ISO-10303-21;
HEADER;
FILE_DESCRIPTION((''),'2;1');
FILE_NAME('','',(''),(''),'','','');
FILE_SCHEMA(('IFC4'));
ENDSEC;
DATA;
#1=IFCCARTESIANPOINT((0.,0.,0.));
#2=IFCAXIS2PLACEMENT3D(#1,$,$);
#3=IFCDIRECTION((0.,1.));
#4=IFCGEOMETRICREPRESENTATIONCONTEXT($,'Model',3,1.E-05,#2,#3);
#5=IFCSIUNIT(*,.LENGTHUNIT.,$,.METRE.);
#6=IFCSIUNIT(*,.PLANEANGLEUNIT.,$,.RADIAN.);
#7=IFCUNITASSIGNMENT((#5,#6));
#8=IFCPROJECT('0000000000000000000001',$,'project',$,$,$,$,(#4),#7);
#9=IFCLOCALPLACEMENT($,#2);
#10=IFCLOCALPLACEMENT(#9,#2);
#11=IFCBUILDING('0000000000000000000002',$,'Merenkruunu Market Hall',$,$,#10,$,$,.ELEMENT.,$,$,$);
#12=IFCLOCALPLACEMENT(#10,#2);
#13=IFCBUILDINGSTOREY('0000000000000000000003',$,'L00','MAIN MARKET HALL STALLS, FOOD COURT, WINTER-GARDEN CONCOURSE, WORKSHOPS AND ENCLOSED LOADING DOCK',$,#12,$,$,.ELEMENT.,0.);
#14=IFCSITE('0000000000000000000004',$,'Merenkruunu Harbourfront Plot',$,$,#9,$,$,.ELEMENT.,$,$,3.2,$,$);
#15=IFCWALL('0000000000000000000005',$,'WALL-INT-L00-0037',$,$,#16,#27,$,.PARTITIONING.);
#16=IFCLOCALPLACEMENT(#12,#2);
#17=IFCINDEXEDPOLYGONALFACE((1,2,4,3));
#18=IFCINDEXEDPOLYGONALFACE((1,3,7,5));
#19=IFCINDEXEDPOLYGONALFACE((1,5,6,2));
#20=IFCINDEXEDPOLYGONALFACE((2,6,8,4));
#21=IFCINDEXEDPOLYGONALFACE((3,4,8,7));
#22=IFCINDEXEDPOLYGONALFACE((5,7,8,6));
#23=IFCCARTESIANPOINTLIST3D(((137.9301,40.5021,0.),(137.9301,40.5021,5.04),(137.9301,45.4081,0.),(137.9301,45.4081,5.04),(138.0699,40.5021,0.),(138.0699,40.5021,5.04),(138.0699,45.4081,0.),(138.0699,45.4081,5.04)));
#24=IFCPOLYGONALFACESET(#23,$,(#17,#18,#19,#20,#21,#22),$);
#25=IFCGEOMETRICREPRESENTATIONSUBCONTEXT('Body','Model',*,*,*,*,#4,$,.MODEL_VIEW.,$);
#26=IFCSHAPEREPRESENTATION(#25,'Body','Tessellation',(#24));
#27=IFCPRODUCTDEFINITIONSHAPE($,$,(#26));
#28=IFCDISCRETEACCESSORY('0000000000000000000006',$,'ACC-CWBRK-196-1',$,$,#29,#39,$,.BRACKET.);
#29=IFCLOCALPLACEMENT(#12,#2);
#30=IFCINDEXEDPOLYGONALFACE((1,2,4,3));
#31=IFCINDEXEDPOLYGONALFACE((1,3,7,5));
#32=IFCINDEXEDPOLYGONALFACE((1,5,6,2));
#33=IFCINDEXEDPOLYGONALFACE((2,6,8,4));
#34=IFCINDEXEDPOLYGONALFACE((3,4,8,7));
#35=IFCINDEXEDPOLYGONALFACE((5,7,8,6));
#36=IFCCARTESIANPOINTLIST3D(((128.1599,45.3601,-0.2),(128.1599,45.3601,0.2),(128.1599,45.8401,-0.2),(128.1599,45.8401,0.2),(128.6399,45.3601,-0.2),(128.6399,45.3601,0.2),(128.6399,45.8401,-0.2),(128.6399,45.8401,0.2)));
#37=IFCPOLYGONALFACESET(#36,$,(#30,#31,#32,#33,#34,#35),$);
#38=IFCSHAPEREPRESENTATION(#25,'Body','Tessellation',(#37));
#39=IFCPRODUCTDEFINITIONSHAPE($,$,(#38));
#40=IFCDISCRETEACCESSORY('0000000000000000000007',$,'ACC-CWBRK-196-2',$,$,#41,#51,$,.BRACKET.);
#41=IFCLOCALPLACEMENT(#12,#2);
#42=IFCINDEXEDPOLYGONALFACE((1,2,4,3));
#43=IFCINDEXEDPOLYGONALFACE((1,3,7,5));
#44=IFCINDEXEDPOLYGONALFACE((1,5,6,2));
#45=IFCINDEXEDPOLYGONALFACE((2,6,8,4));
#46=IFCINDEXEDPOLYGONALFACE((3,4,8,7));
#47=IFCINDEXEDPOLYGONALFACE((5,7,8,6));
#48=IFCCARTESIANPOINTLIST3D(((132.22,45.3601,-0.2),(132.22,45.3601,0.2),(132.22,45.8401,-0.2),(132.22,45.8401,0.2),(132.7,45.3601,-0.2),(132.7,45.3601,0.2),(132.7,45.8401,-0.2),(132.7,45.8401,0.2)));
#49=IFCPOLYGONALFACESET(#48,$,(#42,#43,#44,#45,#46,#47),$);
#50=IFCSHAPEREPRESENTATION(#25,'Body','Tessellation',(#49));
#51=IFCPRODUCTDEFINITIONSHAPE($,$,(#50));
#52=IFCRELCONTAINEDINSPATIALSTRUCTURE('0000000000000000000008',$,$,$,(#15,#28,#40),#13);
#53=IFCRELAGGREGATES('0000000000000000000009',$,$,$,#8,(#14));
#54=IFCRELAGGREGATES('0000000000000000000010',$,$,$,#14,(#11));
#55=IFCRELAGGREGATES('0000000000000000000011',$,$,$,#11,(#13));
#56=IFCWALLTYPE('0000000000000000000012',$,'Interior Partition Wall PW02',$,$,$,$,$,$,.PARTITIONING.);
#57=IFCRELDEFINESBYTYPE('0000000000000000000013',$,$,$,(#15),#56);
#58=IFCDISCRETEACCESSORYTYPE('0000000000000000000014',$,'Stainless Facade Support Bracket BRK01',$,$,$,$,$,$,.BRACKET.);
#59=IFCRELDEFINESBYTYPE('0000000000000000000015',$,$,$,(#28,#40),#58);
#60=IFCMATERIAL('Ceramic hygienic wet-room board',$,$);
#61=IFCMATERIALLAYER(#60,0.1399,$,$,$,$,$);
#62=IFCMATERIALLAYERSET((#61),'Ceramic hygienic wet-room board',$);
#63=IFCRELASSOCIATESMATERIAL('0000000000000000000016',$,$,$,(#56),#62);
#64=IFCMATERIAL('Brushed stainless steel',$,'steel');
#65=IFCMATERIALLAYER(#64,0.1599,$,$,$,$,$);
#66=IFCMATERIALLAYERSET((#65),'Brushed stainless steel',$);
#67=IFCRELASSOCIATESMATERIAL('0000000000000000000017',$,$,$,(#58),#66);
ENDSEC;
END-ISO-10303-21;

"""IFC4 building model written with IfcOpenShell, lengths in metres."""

from ifc_helpers import new_model, si_unit, direction, frame, frame_2d, origin, origin_2d, place, context, subcontext, project, spatial, rectangle, extrude, material, layer, layer_set, type_object, element, save


model = new_model("IFC4")

# Units and contexts
model_context = context("Model", 3, precision=1e-05, world=origin(), true_north=direction((0.0, 1.0)))
body_context = subcontext(model_context, "Body", "Model", "MODEL_VIEW")
ifc_project = project(units=[si_unit("LENGTHUNIT", "METRE"), si_unit("PLANEANGLEUNIT", "RADIAN")], contexts=[model_context])

# Site, building, storey
site_placement = place(None, origin())
site = spatial("IfcSite", under=ifc_project, at=site_placement, Name="Merenkruunu Harbourfront Plot", CompositionType="ELEMENT", RefElevation=3.2)
building_placement = place(site_placement, origin())
building = spatial("IfcBuilding", under=site, at=building_placement, Name="Merenkruunu Market Hall", CompositionType="ELEMENT")
storey_placement = place(building_placement, origin())
storey = spatial("IfcBuildingStorey", under=building, at=storey_placement, Name="L00", Description="MAIN MARKET HALL STALLS, FOOD COURT, WINTER-GARDEN CONCOURSE, WORKSHOPS AND ENCLOSED LOADING DOCK", CompositionType="ELEMENT", Elevation=0.0)

# Wall
ifc_material_1 = material(Name="Ceramic hygienic wet-room board")
ifc_layer_1 = layer(ifc_material_1, 0.1399)
ifc_layer_set_1 = layer_set([ifc_layer_1], Name="Ceramic hygienic wet-room board")
wall_type_1 = type_object("IfcWallType", Name="Interior Partition Wall PW02", PredefinedType="PARTITIONING", material=ifc_layer_set_1)
wall_1_placement = place(storey_placement, frame((138.0, 40.502, 0.0), z_axis=(0.0, 0.0, 1.0), x_axis=(0.0, 1.0, 0.0)))
element("IfcWall", 1, at=wall_1_placement, inside=storey, type_object=wall_type_1, Name="WALL-INT-L00-0037", PredefinedType="PARTITIONING", context=body_context, shape_type="SweptSolid", body=[
    extrude(rectangle(XDim=4.906, YDim=0.1399, at=frame_2d((2.4531, 0.0))), origin(), (0.0, 0.0, 1.0), 5.04),
])

# Discrete accessories
ifc_material_2 = material(Name="Brushed stainless steel", Category="steel")
ifc_layer_2 = layer(ifc_material_2, 0.1599)
ifc_layer_set_2 = layer_set([ifc_layer_2], Name="Brushed stainless steel")
discrete_accessory_type = type_object("IfcDiscreteAccessoryType", Name="Stainless Facade Support Bracket BRK01", PredefinedType="BRACKET", material=ifc_layer_set_2)
for number, where, z_axis, x_axis, name in (
    (2, (128.3999, 45.6001, -0.2), (0.0, 0.0, 1.0), (1.0, 0.0, 0.0), "ACC-CWBRK-196-1"),
    (3, (132.46, 45.6001, -0.2), (0.0, 0.0, 1.0), (1.0, 0.0, 0.0), "ACC-CWBRK-196-2"),
):
    element("IfcDiscreteAccessory", number, at=place(storey_placement, frame(where, z_axis=z_axis, x_axis=x_axis)), inside=storey, type_object=discrete_accessory_type, Name=name, PredefinedType="BRACKET", context=body_context, shape_type="SweptSolid", body=[
        extrude(rectangle(XDim=0.48, YDim=0.48, at=origin_2d()), origin(), (0.0, 0.0, 1.0), 0.3999),
    ])

save(model, "model.ifc")
